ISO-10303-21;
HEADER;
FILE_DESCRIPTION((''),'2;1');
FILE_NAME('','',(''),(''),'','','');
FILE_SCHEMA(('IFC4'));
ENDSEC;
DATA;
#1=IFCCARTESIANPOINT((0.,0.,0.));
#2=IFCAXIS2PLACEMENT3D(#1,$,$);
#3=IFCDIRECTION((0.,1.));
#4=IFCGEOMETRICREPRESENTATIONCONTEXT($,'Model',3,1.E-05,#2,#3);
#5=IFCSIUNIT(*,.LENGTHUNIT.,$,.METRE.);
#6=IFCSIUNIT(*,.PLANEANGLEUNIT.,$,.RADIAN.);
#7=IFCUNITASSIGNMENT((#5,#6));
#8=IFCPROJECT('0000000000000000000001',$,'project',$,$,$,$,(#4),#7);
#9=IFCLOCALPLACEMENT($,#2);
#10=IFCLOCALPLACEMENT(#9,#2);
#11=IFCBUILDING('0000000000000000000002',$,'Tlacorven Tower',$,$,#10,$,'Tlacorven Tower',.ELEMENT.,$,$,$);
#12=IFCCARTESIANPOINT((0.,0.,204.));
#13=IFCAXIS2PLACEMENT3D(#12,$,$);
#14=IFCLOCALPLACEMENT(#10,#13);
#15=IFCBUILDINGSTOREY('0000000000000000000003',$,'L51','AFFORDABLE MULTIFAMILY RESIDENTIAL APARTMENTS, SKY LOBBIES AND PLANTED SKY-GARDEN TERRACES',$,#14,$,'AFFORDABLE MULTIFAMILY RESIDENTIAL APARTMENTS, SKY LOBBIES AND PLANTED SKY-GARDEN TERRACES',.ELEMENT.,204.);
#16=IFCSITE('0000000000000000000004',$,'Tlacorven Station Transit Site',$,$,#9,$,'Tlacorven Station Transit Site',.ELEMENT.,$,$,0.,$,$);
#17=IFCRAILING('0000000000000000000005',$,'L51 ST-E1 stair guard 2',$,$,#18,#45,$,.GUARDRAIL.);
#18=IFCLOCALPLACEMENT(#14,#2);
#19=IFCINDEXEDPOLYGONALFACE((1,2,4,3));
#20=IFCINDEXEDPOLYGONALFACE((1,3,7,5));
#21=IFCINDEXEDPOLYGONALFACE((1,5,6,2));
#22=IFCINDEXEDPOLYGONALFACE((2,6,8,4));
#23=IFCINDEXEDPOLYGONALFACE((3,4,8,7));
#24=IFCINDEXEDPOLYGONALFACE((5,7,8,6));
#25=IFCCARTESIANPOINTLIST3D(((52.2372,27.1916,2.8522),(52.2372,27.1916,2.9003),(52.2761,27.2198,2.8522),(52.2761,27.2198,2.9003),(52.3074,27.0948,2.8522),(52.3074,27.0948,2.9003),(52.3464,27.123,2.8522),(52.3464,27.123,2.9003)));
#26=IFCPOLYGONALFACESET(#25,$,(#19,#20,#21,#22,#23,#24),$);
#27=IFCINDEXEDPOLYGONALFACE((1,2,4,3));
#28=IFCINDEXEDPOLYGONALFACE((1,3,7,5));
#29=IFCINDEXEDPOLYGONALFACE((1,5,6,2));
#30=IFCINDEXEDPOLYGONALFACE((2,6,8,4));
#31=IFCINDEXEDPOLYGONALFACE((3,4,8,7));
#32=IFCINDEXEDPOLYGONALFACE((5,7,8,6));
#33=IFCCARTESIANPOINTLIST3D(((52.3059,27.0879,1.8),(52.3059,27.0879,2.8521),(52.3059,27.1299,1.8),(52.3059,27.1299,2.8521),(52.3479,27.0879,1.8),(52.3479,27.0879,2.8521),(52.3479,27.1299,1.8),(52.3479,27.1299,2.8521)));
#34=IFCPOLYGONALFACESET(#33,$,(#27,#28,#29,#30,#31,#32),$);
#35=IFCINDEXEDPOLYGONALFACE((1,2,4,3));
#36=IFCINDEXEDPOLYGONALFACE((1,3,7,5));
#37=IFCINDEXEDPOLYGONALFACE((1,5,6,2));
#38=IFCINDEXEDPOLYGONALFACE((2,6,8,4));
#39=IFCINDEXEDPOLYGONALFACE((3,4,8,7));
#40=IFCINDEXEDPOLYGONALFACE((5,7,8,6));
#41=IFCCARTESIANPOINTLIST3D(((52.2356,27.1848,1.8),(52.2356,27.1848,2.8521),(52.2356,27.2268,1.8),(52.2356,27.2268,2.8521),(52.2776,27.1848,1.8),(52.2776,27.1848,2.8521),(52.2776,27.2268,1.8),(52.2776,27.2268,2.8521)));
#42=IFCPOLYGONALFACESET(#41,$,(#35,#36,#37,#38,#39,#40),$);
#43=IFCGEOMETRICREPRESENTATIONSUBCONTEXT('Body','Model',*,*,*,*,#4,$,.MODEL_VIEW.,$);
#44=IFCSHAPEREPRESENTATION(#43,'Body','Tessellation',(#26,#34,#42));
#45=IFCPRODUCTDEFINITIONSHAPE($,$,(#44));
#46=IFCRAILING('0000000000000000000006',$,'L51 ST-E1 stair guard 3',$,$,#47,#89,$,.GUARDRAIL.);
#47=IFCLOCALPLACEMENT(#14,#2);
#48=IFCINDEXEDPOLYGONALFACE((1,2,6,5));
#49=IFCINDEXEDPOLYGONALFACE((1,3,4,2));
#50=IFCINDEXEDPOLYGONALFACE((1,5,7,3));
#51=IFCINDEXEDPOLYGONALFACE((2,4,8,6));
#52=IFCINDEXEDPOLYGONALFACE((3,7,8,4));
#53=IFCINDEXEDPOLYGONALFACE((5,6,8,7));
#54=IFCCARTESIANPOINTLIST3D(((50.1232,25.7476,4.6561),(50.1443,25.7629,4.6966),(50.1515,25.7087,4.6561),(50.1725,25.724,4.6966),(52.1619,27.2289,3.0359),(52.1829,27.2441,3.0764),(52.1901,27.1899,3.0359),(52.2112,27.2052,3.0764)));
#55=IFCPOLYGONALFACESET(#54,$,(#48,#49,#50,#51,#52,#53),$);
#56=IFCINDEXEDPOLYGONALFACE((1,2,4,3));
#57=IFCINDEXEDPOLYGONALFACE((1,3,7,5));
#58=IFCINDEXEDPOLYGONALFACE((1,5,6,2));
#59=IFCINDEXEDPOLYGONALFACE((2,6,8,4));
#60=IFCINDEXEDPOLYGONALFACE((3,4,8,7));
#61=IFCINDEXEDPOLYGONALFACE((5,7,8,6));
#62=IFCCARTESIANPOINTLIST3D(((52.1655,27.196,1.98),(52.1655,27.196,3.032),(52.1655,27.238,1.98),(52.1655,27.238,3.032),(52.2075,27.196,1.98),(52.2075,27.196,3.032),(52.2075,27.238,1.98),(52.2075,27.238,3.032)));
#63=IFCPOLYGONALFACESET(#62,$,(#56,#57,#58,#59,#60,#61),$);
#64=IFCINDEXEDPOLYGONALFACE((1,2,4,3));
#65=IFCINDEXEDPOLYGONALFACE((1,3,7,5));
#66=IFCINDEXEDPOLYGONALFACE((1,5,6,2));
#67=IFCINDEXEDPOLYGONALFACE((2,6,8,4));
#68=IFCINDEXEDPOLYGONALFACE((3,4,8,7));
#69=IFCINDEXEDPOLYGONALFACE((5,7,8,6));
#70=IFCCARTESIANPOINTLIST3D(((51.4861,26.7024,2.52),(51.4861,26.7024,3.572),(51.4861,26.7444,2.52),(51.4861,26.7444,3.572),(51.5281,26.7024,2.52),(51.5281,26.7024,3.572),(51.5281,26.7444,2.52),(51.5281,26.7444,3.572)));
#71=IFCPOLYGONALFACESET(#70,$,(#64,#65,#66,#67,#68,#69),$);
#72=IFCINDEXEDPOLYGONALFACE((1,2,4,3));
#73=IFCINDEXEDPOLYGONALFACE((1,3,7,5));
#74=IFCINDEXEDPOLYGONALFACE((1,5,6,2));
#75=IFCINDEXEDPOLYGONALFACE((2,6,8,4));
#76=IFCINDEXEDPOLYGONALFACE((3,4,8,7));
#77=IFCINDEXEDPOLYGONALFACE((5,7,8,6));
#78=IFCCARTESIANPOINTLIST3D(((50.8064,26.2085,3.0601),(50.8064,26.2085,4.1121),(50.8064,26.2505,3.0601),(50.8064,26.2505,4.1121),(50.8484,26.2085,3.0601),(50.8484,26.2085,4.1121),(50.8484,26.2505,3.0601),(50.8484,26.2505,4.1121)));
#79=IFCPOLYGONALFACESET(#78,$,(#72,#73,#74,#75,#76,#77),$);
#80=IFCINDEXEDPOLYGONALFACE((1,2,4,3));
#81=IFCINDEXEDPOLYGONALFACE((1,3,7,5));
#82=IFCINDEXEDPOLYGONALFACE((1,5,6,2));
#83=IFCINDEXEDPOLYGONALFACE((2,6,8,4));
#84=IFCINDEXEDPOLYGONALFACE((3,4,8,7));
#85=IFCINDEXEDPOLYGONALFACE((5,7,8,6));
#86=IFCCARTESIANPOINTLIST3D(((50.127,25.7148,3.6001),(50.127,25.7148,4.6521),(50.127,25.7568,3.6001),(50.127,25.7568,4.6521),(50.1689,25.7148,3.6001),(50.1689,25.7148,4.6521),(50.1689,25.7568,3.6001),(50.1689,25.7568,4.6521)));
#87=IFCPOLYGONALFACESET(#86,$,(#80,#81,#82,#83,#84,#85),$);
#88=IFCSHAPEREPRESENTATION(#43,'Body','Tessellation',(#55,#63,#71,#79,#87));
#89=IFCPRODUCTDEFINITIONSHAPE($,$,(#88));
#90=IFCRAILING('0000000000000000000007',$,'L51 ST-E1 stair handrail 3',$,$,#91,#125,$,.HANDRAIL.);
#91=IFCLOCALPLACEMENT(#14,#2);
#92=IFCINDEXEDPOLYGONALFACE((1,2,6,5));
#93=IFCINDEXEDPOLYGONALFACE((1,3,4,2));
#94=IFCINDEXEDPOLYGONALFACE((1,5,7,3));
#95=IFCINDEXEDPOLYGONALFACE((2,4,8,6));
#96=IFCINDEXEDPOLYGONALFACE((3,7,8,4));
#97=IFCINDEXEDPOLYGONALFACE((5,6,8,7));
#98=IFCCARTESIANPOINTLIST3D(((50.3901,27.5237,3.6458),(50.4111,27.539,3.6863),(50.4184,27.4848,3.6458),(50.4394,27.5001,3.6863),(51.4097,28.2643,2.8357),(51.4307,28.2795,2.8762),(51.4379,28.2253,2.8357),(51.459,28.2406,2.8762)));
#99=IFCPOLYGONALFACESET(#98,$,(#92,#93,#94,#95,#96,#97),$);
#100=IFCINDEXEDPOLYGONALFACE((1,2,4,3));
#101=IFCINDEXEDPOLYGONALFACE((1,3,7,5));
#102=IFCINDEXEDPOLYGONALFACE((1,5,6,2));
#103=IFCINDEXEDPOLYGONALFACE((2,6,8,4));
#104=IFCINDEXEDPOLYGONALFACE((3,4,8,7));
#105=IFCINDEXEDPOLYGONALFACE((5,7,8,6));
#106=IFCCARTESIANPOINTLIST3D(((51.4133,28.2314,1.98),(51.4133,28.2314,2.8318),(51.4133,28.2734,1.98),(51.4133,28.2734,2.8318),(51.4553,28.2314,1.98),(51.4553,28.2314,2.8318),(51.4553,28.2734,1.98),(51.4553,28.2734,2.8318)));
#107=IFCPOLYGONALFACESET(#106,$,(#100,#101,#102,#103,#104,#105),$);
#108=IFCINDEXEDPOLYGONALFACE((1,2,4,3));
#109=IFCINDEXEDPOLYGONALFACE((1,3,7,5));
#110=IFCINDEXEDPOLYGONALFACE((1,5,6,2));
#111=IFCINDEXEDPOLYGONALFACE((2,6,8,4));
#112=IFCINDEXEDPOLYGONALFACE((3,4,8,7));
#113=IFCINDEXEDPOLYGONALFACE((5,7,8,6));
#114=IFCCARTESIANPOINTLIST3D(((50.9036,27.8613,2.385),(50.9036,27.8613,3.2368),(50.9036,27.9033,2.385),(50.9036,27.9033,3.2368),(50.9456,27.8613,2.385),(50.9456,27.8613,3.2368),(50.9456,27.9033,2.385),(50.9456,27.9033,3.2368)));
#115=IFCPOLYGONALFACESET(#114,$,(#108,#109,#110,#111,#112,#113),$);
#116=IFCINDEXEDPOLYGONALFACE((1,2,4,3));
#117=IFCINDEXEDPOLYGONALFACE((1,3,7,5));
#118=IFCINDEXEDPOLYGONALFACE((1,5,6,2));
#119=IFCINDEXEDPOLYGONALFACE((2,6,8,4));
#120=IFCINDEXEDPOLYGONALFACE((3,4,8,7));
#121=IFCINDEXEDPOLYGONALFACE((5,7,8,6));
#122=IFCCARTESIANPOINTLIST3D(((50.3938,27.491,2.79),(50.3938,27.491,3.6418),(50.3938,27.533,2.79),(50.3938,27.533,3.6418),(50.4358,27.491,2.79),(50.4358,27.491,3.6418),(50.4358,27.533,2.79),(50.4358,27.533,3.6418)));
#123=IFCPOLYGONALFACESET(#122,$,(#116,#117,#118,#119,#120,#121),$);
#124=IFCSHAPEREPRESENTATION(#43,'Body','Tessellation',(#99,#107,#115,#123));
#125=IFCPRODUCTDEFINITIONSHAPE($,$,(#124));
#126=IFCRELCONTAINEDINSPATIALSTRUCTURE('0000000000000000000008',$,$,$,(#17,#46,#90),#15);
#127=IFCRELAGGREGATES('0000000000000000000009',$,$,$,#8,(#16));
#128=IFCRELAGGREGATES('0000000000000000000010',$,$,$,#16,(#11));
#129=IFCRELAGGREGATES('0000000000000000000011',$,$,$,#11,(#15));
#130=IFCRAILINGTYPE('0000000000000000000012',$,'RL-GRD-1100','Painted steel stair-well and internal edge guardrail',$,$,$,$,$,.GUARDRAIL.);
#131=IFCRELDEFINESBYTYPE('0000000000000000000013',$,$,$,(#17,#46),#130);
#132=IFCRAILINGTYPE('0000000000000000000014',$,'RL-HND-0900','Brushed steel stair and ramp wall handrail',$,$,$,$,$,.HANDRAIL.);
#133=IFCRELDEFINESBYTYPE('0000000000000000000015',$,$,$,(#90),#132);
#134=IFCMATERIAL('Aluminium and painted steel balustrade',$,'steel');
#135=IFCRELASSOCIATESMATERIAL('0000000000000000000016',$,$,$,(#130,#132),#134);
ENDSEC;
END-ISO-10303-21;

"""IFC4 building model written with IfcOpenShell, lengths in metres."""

from ifc_helpers import new_model, si_unit, direction, frame, origin, origin_2d, place, context, subcontext, project, spatial, rectangle, extrude, source, transform, mapped, material, type_object, element, save


model = new_model("IFC4")

# Units and contexts
model_context = context("Model", 3, precision=1e-05, world=origin(), true_north=direction((0.0, 1.0)))
body_context = subcontext(model_context, "Body", "Model", "MODEL_VIEW")
ifc_project = project(units=[si_unit("LENGTHUNIT", "METRE"), si_unit("PLANEANGLEUNIT", "RADIAN")], contexts=[model_context])

# Site, building, storey
site_placement = place(None, origin())
site = spatial("IfcSite", under=ifc_project, at=site_placement, Name="Tlacorven Station Transit Site", LongName="Tlacorven Station Transit Site", CompositionType="ELEMENT", RefElevation=0.0)
building_placement = place(site_placement, origin())
building = spatial("IfcBuilding", under=site, at=building_placement, Name="Tlacorven Tower", LongName="Tlacorven Tower", CompositionType="ELEMENT")
storey_placement = place(building_placement, frame((0.0, 0.0, 204.0)))
storey = spatial("IfcBuildingStorey", under=building, at=storey_placement, Name="L51", Description="AFFORDABLE MULTIFAMILY RESIDENTIAL APARTMENTS, SKY LOBBIES AND PLANTED SKY-GARDEN TERRACES", LongName="AFFORDABLE MULTIFAMILY RESIDENTIAL APARTMENTS, SKY LOBBIES AND PLANTED SKY-GARDEN TERRACES", CompositionType="ELEMENT", Elevation=204.0)

# Railings
ifc_material_1 = material(Name="Aluminium and painted steel balustrade", Category="steel")
railing_type_1 = type_object("IfcRailingType", Name="RL-GRD-1100", Description="Painted steel stair-well and internal edge guardrail", PredefinedType="GUARDRAIL", material=ifc_material_1)
shared_shape_1 = source(origin(), body_context, "Body", "SweptSolid", [
    extrude(rectangle(XDim=0.0481, YDim=0.0481, at=origin_2d()), frame((0.0, 0.0, 1.0762), z_axis=(-0.587201, 0.809441, 0.0), x_axis=(-0.809441, -0.587201, 0.0)), (0.0, 0.0, 1.0), 0.1196),
    extrude(rectangle(XDim=0.042, YDim=0.042, at=origin_2d()), origin(), (0.0, 0.0, 1.0), 1.052),
    extrude(rectangle(XDim=0.042, YDim=0.042, at=origin_2d()), frame((-0.0703, 0.0969, 0.0)), (0.0, 0.0, 1.0), 1.052),
])
railing_1_placement = place(storey_placement, frame((52.3269, 27.1089, 1.8)))
element("IfcRailing", 1, at=railing_1_placement, inside=storey, type_object=railing_type_1, Name="L51 ST-E1 stair guard 2", PredefinedType="GUARDRAIL", context=body_context, shape_type="MappedRepresentation", body=[
    mapped(shared_shape_1, transform((0.0, 0.0, 0.0), scale=1.0)),
])
shared_shape_2 = source(origin(), body_context, "Body", "SweptSolid", [
    extrude(rectangle(XDim=0.0481, YDim=0.0481, at=origin_2d()), frame((0.0, 0.0, 1.0762), z_axis=(-0.680489, -0.494434, 0.540805), x_axis=(0.587809, -0.809, 0.0)), (0.0, 0.0, 1.0), 2.9958),
    extrude(rectangle(XDim=0.042, YDim=0.042, at=origin_2d()), origin(), (0.0, 0.0, 1.0), 1.052),
    extrude(rectangle(XDim=0.042, YDim=0.042, at=origin_2d()), frame((-0.6794, -0.4937, 0.54)), (0.0, 0.0, 1.0), 1.052),
    extrude(rectangle(XDim=0.042, YDim=0.042, at=origin_2d()), frame((-1.3591, -0.9875, 1.0801)), (0.0, 0.0, 1.0), 1.052),
    extrude(rectangle(XDim=0.042, YDim=0.042, at=origin_2d()), frame((-2.0386, -1.4812, 1.6201)), (0.0, 0.0, 1.0), 1.052),
])
railing_2_placement = place(storey_placement, frame((52.1865, 27.217, 1.98)))
element("IfcRailing", 2, at=railing_2_placement, inside=storey, type_object=railing_type_1, Name="L51 ST-E1 stair guard 3", PredefinedType="GUARDRAIL", context=body_context, shape_type="MappedRepresentation", body=[
    mapped(shared_shape_2, transform((0.0, 0.0, 0.0), scale=1.0)),
])
railing_type_2 = type_object("IfcRailingType", Name="RL-HND-0900", Description="Brushed steel stair and ramp wall handrail", PredefinedType="HANDRAIL", material=ifc_material_1)
shared_shape_3 = source(origin(), body_context, "Body", "SweptSolid", [
    extrude(rectangle(XDim=0.0481, YDim=0.0481, at=origin_2d()), frame((0.0, 0.0, 0.876), z_axis=(-0.680604, -0.494318, 0.540767), x_axis=(0.587653, -0.809113, 0.0)), (0.0, 0.0, 1.0), 1.498),
    extrude(rectangle(XDim=0.042, YDim=0.042, at=origin_2d()), origin(), (0.0, 0.0, 1.0), 0.8518),
    extrude(rectangle(XDim=0.042, YDim=0.042, at=origin_2d()), frame((-0.5098, -0.3701, 0.405)), (0.0, 0.0, 1.0), 0.8518),
    extrude(rectangle(XDim=0.042, YDim=0.042, at=origin_2d()), frame((-1.0195, -0.7405, 0.8101)), (0.0, 0.0, 1.0), 0.8518),
])
railing_3_placement = place(storey_placement, frame((51.4343, 28.2524, 1.98)))
element("IfcRailing", 3, at=railing_3_placement, inside=storey, type_object=railing_type_2, Name="L51 ST-E1 stair handrail 3", PredefinedType="HANDRAIL", context=body_context, shape_type="MappedRepresentation", body=[
    mapped(shared_shape_3, transform((0.0, 0.0, 0.0), scale=1.0)),
])

save(model, "model.ifc")
